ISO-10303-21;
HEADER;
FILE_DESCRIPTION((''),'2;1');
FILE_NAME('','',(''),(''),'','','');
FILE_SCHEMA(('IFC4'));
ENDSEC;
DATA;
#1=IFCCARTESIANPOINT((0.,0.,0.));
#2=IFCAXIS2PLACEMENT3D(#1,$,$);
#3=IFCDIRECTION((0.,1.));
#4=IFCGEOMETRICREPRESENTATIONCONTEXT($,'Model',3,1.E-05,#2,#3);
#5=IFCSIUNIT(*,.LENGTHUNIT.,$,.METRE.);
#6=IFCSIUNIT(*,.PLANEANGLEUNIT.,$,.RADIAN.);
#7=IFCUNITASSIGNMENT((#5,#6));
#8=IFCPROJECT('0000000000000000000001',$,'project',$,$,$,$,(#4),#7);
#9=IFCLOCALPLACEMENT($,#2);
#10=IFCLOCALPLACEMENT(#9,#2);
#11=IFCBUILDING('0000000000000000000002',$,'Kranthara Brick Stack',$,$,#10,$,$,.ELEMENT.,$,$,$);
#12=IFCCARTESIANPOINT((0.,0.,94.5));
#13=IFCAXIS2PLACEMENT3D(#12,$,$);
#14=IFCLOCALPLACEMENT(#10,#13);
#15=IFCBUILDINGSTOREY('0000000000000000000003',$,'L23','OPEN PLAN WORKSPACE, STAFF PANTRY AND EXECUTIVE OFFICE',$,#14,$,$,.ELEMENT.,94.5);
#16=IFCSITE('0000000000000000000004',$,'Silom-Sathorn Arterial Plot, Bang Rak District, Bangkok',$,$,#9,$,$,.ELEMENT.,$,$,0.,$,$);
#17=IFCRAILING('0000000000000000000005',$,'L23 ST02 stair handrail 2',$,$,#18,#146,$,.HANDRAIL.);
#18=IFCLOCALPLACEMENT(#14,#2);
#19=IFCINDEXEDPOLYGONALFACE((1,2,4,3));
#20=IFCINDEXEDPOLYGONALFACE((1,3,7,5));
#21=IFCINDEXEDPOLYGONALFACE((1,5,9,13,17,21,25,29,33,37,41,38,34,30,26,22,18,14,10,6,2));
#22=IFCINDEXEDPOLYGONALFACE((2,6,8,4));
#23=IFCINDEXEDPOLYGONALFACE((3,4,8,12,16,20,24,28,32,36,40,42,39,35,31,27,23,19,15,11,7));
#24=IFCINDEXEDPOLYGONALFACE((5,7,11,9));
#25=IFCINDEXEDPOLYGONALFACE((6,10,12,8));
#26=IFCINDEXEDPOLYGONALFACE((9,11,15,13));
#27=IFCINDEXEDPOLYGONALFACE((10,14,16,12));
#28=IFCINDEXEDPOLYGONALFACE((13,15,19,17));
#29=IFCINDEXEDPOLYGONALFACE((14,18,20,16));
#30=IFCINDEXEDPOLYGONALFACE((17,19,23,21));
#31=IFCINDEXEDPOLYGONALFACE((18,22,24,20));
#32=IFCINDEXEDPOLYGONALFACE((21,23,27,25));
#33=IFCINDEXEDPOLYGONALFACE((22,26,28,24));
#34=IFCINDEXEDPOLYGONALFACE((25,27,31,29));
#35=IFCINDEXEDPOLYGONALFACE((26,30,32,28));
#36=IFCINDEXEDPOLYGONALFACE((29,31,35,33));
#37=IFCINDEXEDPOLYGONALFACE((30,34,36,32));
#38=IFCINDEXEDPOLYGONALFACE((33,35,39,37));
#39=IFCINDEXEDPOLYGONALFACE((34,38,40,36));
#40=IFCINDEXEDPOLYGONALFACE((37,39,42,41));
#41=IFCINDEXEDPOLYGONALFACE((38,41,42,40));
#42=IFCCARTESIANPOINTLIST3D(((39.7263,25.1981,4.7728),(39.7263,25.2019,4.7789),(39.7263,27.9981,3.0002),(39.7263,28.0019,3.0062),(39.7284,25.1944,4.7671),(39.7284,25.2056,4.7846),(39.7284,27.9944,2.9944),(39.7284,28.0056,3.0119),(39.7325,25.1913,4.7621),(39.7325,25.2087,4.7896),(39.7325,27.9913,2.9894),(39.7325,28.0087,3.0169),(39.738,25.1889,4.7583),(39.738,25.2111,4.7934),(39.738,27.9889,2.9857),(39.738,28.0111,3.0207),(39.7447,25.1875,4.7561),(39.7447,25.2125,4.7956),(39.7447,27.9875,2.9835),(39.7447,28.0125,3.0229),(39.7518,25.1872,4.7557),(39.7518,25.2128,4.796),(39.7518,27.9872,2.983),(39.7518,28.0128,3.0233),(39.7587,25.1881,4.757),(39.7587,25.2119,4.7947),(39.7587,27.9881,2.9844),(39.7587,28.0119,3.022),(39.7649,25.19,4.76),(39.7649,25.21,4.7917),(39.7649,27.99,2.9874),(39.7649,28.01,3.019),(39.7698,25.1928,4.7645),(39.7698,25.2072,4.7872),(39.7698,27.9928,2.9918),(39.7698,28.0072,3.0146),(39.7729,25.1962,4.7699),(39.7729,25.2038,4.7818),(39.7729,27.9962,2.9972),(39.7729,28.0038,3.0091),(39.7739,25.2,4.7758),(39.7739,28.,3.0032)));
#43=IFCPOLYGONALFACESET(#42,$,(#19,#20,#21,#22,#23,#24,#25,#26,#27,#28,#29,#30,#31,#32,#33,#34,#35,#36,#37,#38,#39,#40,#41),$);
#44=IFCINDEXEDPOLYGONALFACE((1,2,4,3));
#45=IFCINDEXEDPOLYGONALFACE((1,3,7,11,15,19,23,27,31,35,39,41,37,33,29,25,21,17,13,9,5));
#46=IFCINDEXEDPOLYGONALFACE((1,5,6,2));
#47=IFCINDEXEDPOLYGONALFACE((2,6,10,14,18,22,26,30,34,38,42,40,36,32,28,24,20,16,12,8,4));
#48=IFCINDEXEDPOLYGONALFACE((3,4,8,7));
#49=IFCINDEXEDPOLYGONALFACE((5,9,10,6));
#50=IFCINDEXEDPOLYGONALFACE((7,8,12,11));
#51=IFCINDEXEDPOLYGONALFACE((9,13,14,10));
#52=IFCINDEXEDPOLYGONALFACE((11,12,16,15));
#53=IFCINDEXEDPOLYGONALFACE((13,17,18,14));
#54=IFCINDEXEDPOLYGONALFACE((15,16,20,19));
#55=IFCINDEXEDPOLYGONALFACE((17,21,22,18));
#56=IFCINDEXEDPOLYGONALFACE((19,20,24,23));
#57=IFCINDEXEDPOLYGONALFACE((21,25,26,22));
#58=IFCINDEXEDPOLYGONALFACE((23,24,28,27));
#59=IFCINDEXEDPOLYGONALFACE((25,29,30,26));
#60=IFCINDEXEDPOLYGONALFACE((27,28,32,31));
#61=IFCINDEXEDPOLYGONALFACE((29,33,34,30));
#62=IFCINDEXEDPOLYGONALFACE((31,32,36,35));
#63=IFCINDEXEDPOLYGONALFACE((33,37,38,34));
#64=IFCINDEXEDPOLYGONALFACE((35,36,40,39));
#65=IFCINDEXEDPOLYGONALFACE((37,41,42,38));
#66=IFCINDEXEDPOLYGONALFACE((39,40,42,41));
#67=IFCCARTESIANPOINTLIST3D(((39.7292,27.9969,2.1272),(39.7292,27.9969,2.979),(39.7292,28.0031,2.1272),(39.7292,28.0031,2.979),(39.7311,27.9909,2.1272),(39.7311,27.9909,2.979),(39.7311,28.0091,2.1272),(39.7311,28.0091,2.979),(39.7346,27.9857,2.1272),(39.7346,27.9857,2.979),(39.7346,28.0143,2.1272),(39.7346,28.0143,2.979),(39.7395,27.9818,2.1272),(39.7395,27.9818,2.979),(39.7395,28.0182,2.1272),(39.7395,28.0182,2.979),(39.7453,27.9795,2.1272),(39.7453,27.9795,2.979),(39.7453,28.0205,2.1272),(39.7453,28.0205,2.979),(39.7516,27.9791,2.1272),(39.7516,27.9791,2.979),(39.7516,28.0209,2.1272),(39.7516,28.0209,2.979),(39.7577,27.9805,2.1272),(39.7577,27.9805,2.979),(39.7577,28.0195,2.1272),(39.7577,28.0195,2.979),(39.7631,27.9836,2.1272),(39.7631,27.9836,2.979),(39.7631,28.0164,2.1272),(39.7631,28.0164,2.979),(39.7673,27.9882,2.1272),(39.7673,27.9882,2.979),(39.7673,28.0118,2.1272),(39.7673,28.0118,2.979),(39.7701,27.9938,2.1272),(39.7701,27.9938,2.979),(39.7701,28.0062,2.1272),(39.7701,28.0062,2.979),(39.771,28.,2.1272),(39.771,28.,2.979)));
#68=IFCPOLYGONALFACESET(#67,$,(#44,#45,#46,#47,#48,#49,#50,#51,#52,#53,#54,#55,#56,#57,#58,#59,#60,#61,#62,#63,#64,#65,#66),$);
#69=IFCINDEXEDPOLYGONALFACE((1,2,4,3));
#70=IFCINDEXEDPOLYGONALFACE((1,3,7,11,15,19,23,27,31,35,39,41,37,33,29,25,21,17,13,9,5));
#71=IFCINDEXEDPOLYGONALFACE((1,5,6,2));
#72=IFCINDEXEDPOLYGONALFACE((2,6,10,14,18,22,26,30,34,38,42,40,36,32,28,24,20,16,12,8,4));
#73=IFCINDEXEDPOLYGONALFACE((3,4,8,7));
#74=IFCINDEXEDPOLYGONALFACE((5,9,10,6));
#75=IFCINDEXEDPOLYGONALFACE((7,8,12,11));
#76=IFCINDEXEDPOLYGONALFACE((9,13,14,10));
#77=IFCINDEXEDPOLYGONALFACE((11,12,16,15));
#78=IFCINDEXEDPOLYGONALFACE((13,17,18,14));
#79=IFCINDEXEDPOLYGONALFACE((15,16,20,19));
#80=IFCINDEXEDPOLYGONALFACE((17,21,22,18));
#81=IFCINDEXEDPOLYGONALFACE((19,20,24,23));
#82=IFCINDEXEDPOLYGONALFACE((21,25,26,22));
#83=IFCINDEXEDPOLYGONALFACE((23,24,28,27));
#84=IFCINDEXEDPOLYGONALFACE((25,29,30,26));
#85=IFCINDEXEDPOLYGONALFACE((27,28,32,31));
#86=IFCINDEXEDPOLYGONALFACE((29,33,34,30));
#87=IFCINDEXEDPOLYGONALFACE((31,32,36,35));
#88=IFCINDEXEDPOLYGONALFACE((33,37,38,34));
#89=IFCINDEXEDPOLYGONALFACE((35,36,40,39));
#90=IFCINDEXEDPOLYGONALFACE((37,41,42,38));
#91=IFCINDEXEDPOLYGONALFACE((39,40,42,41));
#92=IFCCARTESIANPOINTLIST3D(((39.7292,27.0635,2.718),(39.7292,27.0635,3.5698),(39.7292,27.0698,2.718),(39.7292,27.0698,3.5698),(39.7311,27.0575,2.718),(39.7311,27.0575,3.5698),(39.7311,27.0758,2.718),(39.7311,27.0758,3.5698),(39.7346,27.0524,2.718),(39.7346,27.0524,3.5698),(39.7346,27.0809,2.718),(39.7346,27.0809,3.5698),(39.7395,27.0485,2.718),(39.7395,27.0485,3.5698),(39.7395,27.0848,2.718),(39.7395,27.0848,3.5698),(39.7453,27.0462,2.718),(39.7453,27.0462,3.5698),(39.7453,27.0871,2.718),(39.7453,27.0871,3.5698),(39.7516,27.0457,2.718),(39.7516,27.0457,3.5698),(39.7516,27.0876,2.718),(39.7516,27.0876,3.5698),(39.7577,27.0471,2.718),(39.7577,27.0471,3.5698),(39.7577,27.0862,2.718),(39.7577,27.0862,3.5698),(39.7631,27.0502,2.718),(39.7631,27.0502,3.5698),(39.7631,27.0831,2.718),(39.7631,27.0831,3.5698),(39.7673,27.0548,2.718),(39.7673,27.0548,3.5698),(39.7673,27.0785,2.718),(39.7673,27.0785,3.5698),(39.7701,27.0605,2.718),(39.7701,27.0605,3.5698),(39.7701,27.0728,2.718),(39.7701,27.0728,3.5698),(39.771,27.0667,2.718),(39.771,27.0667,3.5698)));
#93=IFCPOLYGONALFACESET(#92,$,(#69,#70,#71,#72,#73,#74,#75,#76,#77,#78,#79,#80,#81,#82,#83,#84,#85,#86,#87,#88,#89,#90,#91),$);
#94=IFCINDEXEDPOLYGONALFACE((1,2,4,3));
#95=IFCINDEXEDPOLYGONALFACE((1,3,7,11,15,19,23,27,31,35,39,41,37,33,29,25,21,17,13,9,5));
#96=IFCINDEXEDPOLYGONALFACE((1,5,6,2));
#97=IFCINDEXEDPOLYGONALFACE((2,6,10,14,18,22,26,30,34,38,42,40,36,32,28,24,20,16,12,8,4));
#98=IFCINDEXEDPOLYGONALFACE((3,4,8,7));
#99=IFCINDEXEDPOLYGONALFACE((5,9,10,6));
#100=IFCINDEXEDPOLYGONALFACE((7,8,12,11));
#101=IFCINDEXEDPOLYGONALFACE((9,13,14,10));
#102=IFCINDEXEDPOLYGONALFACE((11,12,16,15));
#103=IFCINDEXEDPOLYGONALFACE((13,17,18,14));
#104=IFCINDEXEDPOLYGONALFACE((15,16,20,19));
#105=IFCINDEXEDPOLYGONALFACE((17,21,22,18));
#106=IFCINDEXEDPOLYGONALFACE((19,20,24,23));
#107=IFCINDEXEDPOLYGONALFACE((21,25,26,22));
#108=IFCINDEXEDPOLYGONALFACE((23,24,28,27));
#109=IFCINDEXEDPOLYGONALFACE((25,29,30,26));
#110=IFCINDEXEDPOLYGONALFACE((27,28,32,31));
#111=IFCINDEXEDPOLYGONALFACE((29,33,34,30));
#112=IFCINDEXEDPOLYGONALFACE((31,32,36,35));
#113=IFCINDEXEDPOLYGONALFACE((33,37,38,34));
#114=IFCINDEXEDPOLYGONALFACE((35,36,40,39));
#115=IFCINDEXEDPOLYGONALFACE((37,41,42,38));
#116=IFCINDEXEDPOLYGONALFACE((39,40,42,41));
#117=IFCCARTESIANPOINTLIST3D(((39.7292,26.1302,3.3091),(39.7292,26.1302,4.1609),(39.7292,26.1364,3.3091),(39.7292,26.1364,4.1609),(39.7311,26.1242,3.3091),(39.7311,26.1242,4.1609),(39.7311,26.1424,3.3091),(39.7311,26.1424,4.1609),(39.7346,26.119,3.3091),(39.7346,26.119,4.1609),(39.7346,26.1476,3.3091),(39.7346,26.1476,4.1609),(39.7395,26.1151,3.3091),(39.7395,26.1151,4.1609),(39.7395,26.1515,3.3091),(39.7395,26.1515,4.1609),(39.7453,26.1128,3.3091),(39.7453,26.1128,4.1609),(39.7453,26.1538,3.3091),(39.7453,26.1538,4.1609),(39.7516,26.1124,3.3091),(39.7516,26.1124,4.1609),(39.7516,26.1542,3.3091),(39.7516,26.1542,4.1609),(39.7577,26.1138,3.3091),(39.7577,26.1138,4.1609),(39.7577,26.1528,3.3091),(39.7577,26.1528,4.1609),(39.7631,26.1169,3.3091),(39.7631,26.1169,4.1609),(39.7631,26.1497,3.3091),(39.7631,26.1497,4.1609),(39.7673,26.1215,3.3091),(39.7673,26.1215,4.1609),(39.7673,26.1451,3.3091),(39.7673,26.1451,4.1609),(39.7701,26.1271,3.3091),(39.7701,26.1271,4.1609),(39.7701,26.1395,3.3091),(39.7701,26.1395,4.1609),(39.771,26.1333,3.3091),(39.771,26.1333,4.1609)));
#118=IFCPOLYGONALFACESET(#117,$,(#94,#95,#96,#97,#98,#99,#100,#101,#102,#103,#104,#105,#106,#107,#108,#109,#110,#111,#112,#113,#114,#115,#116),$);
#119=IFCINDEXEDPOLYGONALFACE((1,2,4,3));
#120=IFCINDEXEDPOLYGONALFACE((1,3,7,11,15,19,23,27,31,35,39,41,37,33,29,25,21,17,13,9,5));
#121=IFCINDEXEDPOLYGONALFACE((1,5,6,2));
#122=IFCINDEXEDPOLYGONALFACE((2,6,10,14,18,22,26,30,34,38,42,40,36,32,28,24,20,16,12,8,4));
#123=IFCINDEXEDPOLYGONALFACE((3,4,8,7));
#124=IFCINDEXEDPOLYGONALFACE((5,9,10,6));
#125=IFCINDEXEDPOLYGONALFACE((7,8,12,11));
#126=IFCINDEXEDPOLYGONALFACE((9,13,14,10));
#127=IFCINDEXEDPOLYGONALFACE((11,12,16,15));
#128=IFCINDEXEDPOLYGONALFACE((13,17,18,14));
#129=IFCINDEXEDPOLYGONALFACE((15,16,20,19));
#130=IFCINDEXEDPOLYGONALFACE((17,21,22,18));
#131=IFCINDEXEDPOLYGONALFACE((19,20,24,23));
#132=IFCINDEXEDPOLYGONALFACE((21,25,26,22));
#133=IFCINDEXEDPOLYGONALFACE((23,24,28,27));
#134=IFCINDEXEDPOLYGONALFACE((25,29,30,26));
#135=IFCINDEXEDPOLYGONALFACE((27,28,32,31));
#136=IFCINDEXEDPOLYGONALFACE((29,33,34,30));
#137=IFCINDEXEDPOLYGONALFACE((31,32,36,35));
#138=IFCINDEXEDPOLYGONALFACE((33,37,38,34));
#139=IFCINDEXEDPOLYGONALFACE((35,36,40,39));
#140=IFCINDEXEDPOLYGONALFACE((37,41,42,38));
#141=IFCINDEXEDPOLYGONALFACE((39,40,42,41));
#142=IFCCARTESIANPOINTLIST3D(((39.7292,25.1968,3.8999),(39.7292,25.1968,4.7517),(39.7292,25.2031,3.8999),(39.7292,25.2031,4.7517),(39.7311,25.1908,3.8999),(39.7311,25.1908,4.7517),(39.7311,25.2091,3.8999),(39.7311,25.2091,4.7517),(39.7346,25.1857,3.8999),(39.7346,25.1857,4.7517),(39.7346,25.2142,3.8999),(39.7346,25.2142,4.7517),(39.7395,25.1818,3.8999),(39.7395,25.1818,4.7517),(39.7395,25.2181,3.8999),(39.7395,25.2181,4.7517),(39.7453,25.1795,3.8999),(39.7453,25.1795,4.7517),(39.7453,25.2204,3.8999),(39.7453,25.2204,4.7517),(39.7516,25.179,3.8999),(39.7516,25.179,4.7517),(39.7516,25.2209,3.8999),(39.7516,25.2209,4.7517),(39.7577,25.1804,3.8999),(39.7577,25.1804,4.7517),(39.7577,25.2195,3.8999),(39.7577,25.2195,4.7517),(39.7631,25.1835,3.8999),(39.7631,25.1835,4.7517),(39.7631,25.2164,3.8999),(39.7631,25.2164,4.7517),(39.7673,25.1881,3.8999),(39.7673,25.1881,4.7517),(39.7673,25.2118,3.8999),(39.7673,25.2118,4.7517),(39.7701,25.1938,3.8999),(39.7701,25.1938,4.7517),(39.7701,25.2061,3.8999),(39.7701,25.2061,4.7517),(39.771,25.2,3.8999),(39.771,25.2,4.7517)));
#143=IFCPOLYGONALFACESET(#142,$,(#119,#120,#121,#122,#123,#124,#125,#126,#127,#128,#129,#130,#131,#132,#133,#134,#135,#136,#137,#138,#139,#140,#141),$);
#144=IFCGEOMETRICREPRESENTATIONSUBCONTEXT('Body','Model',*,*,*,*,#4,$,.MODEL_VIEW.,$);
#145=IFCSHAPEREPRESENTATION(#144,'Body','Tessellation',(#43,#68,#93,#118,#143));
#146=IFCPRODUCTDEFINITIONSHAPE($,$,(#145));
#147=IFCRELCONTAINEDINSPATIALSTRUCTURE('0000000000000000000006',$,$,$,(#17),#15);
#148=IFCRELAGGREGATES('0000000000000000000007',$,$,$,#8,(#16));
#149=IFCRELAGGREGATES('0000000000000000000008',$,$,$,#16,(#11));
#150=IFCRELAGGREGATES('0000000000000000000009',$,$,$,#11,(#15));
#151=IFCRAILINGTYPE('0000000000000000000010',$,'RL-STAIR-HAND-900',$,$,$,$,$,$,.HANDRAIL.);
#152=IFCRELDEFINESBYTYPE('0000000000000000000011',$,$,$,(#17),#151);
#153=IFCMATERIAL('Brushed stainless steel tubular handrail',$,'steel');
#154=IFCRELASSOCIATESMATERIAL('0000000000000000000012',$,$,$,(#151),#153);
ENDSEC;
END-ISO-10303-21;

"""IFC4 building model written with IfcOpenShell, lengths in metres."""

from ifc_helpers import new_model, si_unit, direction, frame, origin, origin_2d, place, context, subcontext, project, spatial, circle, extrude, material, type_object, element, save


model = new_model("IFC4")

# Units and contexts
model_context = context("Model", 3, precision=1e-05, world=origin(), true_north=direction((0.0, 1.0)))
body_context = subcontext(model_context, "Body", "Model", "MODEL_VIEW")
ifc_project = project(units=[si_unit("LENGTHUNIT", "METRE"), si_unit("PLANEANGLEUNIT", "RADIAN")], contexts=[model_context])

# Site, building, storey
site_placement = place(None, origin())
site = spatial("IfcSite", under=ifc_project, at=site_placement, Name="Silom-Sathorn Arterial Plot, Bang Rak District, Bangkok", CompositionType="ELEMENT", RefElevation=0.0)
building_placement = place(site_placement, origin())
building = spatial("IfcBuilding", under=site, at=building_placement, Name="Kranthara Brick Stack", CompositionType="ELEMENT")
storey_placement = place(building_placement, frame((0.0, 0.0, 94.5)))
storey = spatial("IfcBuildingStorey", under=building, at=storey_placement, Name="L23", Description="OPEN PLAN WORKSPACE, STAFF PANTRY AND EXECUTIVE OFFICE", CompositionType="ELEMENT", Elevation=94.5)

# Railing
ifc_material_1 = material(Name="Brushed stainless steel tubular handrail", Category="steel")
railing_type_1 = type_object("IfcRailingType", Name="RL-STAIR-HAND-900", PredefinedType="HANDRAIL", material=ifc_material_1)
railing_1_placement = place(storey_placement, frame((39.75, 28.0, 2.1272)))
element("IfcRailing", 1, at=railing_1_placement, inside=storey, type_object=railing_type_1, Name="L23 ST02 stair handrail 2", PredefinedType="HANDRAIL", context=body_context, shape_type="SweptSolid", body=[
    extrude(circle(Radius=0.0239, at=origin_2d()), frame((0.0, 0.0, 0.876), z_axis=(0.0, -0.844909, 0.53491), x_axis=(1.0, 0.0, 0.0)), (0.0, 0.0, 1.0), 3.314),
    extrude(circle(Radius=0.021, at=origin_2d()), origin(), (0.0, 0.0, 1.0), 0.8518),
    extrude(circle(Radius=0.021, at=origin_2d()), frame((0.0, -0.9333, 0.5908)), (0.0, 0.0, 1.0), 0.8518),
    extrude(circle(Radius=0.021, at=origin_2d()), frame((0.0, -1.8667, 1.1819)), (0.0, 0.0, 1.0), 0.8518),
    extrude(circle(Radius=0.021, at=origin_2d()), frame((0.0, -2.8, 1.7727)), (0.0, 0.0, 1.0), 0.8518),
])

save(model, "model.ifc")
